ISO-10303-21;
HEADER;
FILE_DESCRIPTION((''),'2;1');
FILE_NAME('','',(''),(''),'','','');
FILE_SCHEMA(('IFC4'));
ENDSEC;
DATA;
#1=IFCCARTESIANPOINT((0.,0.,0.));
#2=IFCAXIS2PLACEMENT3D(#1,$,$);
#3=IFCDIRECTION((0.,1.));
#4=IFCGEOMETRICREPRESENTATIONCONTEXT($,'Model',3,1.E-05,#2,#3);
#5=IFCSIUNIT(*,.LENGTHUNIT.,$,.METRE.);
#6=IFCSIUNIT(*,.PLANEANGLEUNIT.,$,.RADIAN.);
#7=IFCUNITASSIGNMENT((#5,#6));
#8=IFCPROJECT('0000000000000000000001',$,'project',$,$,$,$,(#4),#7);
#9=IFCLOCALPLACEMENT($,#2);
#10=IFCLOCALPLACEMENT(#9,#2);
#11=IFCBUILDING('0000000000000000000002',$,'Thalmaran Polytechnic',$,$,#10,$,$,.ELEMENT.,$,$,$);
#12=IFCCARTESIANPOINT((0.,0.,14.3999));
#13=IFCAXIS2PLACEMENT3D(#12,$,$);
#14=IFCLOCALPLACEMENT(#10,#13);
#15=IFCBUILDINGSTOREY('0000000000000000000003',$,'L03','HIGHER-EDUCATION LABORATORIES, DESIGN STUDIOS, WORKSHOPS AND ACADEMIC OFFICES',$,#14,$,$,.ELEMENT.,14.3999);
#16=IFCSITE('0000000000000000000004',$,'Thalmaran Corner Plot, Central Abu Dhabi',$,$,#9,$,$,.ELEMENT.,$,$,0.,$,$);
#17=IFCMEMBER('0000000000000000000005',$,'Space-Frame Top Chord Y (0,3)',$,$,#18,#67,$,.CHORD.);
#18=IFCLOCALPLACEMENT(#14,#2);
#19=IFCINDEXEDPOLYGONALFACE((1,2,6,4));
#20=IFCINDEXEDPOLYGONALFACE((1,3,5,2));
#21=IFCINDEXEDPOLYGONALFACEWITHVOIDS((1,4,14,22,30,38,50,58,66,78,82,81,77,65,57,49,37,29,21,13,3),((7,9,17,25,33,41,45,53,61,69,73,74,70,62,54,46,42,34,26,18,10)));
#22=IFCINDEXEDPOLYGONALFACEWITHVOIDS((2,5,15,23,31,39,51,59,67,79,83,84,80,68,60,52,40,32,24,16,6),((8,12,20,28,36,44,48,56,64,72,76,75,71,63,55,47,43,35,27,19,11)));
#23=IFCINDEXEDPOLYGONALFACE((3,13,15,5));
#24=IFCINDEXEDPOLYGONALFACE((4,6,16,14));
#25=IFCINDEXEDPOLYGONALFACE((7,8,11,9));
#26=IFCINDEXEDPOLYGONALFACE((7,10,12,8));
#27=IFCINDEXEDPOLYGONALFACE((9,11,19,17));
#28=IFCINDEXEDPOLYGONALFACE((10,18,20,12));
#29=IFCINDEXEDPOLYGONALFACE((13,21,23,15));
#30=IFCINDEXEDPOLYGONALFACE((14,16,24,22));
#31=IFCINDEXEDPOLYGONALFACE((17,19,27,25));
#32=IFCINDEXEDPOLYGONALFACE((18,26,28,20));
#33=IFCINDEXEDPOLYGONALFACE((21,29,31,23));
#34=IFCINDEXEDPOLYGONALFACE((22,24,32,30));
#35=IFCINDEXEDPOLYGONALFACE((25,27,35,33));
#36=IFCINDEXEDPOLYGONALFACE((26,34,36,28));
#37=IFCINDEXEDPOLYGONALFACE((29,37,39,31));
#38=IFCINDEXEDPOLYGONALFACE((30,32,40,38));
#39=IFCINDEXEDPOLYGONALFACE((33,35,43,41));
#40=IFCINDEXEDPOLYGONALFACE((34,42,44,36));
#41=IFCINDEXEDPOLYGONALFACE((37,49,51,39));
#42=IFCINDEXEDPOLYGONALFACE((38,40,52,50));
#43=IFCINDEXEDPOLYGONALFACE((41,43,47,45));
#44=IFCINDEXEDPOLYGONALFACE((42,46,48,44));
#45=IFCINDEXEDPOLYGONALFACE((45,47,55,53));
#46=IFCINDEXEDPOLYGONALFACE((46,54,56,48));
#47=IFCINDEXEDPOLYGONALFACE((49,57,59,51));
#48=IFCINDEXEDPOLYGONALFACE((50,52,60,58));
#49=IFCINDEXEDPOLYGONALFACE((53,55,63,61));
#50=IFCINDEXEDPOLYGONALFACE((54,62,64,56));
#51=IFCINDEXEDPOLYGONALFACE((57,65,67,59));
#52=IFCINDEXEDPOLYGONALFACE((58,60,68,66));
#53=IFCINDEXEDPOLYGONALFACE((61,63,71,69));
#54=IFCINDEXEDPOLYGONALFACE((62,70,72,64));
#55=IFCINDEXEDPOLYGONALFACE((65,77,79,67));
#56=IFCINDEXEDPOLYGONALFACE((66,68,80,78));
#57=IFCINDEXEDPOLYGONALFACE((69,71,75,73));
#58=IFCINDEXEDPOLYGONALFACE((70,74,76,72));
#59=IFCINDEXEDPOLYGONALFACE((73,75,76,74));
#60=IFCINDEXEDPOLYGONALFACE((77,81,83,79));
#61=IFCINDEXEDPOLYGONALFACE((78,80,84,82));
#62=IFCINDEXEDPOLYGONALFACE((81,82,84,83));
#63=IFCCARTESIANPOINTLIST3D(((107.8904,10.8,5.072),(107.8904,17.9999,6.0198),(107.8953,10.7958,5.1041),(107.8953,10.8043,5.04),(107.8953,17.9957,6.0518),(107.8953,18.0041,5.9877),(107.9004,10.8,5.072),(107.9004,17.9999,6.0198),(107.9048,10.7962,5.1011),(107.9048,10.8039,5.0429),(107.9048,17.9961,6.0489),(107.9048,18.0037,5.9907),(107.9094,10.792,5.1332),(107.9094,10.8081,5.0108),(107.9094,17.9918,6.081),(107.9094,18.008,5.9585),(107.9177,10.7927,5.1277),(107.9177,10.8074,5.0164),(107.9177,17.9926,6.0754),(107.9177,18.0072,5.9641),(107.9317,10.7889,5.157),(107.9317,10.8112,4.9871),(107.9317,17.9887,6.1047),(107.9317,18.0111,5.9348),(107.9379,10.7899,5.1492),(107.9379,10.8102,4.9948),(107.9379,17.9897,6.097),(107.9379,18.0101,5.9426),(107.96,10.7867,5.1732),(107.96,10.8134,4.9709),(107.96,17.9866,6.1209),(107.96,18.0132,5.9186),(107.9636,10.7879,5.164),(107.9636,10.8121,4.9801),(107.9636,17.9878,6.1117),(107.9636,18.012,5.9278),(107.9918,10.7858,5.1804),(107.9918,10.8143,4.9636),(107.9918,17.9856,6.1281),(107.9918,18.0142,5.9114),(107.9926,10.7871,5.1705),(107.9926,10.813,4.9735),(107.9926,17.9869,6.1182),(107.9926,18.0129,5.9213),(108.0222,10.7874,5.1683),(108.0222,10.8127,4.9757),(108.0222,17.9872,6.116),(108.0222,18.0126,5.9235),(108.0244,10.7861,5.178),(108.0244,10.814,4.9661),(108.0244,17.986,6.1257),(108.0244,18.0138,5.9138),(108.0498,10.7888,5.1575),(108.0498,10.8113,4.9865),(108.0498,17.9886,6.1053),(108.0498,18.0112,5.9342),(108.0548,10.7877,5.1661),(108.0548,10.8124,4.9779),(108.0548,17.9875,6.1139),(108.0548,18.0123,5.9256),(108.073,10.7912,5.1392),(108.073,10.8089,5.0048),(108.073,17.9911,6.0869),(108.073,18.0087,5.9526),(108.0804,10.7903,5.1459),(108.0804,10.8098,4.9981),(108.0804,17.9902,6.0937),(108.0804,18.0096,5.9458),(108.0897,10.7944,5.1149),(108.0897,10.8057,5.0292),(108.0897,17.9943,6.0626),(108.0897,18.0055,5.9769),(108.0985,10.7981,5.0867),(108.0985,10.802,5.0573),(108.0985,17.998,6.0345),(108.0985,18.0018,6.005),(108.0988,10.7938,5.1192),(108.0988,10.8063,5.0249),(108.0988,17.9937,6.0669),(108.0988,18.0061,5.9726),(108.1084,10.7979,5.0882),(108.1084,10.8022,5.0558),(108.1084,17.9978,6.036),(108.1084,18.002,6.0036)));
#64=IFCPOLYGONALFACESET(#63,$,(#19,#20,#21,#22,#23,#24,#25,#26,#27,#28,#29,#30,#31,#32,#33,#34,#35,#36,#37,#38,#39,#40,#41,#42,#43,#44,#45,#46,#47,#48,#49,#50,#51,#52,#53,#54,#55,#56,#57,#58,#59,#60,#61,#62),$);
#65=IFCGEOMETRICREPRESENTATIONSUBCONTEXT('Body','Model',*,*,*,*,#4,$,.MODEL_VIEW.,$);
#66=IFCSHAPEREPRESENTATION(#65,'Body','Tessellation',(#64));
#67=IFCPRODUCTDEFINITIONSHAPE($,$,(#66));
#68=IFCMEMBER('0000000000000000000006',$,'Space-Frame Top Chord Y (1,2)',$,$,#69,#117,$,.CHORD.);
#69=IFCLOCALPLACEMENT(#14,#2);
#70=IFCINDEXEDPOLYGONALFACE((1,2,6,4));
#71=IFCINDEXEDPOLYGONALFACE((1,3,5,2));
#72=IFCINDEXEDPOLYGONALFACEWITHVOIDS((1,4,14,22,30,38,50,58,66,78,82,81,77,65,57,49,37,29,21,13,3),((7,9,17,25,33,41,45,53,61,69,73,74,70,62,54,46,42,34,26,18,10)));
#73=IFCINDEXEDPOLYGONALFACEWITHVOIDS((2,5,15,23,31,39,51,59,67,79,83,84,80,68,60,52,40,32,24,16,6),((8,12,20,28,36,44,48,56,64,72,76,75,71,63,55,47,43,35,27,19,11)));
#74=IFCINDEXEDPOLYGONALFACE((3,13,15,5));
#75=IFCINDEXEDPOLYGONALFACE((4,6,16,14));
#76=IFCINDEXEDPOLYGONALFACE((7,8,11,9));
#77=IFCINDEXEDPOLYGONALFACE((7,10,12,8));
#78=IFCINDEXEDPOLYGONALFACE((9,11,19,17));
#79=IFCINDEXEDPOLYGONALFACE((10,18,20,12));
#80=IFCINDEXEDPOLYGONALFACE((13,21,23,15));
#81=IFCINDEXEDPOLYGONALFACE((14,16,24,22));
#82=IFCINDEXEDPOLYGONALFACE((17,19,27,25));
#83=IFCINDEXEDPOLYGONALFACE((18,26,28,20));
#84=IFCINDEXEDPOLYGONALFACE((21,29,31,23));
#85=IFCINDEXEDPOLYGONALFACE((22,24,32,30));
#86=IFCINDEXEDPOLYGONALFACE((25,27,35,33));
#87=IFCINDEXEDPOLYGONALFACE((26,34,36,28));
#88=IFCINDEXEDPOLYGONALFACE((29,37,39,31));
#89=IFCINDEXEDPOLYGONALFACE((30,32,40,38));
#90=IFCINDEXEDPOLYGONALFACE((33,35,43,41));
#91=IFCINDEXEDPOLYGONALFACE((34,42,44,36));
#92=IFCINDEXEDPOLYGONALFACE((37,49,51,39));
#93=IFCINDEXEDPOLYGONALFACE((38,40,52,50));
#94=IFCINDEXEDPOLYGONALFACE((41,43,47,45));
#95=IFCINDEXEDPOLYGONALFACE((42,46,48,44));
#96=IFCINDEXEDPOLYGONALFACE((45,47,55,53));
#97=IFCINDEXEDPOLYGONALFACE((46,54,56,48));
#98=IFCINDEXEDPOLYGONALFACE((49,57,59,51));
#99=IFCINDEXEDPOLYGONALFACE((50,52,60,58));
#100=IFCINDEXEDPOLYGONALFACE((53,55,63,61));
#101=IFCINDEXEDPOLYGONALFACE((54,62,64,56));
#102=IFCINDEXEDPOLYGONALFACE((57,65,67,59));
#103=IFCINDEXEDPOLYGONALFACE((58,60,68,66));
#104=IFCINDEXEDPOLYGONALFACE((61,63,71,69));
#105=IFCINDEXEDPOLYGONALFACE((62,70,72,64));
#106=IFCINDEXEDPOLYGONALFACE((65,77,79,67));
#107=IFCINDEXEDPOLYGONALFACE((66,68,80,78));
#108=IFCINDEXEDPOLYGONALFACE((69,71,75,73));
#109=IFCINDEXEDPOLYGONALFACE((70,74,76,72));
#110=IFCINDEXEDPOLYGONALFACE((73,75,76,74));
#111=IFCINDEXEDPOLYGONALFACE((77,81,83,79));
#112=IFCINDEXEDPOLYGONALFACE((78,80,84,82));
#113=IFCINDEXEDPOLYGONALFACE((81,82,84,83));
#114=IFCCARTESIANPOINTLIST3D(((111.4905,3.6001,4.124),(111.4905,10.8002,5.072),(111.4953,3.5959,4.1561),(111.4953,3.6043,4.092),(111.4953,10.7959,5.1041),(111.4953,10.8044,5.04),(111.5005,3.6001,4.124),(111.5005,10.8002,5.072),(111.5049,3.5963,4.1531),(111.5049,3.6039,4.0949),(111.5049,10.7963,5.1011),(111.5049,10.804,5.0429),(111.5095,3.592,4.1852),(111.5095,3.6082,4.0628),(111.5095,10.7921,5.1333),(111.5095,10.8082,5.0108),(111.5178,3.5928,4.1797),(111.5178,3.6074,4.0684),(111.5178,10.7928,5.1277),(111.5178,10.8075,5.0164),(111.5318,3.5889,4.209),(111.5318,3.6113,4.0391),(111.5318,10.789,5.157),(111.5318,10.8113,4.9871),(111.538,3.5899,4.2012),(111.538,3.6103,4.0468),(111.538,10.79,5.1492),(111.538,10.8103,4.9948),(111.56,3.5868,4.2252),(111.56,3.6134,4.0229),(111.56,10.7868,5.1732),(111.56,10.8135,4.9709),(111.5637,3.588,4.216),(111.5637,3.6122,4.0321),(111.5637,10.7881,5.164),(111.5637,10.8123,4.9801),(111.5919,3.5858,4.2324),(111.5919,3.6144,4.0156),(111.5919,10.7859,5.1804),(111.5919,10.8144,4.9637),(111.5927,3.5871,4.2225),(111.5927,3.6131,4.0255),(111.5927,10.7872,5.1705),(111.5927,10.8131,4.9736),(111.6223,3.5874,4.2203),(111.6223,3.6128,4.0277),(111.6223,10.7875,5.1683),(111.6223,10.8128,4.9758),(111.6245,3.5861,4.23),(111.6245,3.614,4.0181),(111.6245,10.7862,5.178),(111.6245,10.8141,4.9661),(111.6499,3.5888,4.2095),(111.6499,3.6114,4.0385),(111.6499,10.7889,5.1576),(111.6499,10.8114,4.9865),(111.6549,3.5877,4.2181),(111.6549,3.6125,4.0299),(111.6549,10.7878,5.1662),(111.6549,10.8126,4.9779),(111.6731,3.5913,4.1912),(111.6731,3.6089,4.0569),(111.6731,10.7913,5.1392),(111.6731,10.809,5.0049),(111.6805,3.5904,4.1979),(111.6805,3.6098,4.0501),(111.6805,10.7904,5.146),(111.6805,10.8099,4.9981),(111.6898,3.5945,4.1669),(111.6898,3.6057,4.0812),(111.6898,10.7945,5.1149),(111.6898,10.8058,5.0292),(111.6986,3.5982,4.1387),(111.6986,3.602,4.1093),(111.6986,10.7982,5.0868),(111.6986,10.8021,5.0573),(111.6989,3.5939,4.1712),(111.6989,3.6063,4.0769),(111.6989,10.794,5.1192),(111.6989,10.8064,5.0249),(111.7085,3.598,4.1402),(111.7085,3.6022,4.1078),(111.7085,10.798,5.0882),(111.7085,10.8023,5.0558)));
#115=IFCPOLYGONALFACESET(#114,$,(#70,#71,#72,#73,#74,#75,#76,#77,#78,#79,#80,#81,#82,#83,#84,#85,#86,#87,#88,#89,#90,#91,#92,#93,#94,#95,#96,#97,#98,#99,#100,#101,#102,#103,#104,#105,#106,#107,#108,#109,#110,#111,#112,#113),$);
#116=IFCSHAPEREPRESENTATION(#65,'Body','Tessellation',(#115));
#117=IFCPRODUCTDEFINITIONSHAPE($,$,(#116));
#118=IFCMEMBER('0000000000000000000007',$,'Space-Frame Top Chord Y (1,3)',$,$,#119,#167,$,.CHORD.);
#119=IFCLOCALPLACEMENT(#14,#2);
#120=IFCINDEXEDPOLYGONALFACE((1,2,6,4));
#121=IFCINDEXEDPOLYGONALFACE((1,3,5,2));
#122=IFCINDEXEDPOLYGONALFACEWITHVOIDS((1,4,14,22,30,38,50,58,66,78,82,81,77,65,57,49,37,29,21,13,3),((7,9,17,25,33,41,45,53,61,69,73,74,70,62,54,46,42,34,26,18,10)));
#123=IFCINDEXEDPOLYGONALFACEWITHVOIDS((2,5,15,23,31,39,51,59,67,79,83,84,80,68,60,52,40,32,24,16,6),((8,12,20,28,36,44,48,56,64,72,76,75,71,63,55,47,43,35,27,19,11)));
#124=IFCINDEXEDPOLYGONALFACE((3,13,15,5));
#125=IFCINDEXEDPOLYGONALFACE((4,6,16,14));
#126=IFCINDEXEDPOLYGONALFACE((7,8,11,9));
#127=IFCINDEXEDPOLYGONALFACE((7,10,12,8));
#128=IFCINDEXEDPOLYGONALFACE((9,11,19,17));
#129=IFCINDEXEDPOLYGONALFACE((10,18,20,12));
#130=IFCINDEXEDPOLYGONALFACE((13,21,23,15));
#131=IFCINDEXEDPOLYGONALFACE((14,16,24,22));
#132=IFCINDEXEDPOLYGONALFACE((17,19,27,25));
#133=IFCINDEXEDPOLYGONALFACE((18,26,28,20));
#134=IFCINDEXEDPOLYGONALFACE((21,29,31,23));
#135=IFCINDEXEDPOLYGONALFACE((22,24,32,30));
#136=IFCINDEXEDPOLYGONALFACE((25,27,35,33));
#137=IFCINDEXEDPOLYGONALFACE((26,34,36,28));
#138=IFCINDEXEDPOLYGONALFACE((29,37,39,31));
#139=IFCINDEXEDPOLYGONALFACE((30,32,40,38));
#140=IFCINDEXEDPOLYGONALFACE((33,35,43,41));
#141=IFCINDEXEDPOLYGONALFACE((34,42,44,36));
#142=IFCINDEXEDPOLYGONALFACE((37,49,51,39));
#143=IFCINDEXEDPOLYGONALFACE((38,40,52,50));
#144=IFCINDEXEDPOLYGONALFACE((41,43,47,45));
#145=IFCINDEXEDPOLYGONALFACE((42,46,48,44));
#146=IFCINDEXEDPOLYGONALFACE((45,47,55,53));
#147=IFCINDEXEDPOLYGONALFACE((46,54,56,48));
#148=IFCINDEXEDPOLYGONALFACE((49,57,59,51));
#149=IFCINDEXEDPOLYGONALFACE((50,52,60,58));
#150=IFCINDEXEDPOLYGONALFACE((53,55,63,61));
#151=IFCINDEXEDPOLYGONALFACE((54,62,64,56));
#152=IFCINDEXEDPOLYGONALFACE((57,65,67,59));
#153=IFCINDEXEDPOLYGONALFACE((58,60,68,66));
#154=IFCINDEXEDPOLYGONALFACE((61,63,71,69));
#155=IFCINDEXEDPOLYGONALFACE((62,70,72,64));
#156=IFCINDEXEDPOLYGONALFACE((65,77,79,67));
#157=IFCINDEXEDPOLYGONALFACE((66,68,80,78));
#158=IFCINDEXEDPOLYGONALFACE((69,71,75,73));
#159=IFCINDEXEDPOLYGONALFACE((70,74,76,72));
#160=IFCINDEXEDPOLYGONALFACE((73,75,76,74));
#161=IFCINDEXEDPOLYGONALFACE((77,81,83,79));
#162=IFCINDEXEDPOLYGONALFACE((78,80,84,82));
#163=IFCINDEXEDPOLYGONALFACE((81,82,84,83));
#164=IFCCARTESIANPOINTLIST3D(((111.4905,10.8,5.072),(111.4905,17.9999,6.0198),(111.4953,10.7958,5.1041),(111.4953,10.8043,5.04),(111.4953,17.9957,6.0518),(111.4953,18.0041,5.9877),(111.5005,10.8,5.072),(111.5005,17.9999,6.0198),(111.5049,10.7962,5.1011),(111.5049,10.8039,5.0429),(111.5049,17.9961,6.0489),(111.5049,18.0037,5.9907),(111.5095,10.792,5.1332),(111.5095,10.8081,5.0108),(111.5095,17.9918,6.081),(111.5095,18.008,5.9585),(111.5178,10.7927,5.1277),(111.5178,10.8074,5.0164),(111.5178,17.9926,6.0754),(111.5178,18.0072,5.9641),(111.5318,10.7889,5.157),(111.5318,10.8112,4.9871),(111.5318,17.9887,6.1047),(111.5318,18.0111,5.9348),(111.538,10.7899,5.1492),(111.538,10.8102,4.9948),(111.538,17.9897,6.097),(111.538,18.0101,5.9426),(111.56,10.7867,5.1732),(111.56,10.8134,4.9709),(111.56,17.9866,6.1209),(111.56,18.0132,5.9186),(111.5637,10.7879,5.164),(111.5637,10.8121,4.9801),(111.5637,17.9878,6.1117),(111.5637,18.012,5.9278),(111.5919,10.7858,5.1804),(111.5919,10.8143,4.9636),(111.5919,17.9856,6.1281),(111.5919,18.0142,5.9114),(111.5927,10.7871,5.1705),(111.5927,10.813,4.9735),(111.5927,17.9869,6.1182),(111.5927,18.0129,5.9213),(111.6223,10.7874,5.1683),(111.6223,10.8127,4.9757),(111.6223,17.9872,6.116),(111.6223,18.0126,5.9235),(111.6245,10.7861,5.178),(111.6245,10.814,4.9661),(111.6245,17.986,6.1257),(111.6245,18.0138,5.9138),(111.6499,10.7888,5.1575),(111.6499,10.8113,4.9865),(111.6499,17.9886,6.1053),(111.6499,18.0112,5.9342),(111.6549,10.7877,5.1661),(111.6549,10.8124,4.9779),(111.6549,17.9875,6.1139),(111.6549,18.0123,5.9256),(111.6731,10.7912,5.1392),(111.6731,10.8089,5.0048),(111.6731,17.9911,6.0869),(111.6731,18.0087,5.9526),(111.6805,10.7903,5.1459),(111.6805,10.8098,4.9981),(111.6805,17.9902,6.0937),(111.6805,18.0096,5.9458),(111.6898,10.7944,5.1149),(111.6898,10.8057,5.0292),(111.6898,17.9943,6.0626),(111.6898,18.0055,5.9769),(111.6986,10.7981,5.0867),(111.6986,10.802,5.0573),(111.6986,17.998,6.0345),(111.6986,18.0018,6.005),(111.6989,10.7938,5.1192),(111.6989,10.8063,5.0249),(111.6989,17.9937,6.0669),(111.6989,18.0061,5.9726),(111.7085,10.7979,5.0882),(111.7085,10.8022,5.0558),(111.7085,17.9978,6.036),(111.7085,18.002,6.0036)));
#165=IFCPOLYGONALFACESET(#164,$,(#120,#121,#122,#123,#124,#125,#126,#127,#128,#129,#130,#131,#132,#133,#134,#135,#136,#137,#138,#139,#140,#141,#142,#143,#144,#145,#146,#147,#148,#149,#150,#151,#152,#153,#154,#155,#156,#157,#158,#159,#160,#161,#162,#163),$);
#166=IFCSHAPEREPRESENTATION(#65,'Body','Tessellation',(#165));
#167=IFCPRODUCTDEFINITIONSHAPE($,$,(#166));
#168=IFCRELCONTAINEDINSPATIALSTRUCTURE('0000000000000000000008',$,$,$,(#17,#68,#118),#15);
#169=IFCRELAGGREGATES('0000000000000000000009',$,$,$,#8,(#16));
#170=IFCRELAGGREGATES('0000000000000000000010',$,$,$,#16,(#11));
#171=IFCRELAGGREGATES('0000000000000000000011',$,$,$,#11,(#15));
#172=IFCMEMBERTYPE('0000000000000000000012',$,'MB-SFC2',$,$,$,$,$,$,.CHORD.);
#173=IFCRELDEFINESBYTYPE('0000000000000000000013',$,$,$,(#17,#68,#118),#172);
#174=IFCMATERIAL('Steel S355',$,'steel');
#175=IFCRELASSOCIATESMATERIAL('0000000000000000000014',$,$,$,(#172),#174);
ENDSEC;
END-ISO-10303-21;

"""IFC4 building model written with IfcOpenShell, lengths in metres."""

from ifc_helpers import new_model, si_unit, direction, frame, origin, origin_2d, place, context, subcontext, project, spatial, hollow_circle, extrude, material, material_profile, profile_set, type_object, element, save


model = new_model("IFC4")

# Units and contexts
model_context = context("Model", 3, precision=1e-05, world=origin(), true_north=direction((0.0, 1.0)))
body_context = subcontext(model_context, "Body", "Model", "MODEL_VIEW")
ifc_project = project(units=[si_unit("LENGTHUNIT", "METRE"), si_unit("PLANEANGLEUNIT", "RADIAN")], contexts=[model_context])

# Site, building, storey
site_placement = place(None, origin())
site = spatial("IfcSite", under=ifc_project, at=site_placement, Name="Thalmaran Corner Plot, Central Abu Dhabi", CompositionType="ELEMENT", RefElevation=0.0)
building_placement = place(site_placement, origin())
building = spatial("IfcBuilding", under=site, at=building_placement, Name="Thalmaran Polytechnic", CompositionType="ELEMENT")
storey_placement = place(building_placement, frame((0.0, 0.0, 14.3999)))
storey = spatial("IfcBuildingStorey", under=building, at=storey_placement, Name="L03", Description="HIGHER-EDUCATION LABORATORIES, DESIGN STUDIOS, WORKSHOPS AND ACADEMIC OFFICES", CompositionType="ELEMENT", Elevation=14.3999)

# Shared definitions
ifc_material_1 = material(Name="Steel S355", Category="steel")

# Members
ifc_material_profile_1 = material_profile(ifc_material_1, hollow_circle(Radius=0.1096, WallThickness=0.01, at=origin_2d()), Name="CHS 219.1x10.0")
ifc_profile_set_1 = profile_set([ifc_material_profile_1], Name="Steel S355")
member_type_1 = type_object("IfcMemberType", Name="MB-SFC2", PredefinedType="CHORD", material=ifc_profile_set_1)
member_1_placement = place(storey_placement, frame((108.0, 10.8, 5.072), z_axis=(0.0, 0.991447, 0.130508), x_axis=(-1.0, 0.0, 0.0)))
element("IfcMember", 1, at=member_1_placement, inside=storey, type_object=member_type_1, Name="Space-Frame Top Chord Y (0,3)", PredefinedType="CHORD", context=body_context, shape_type="SweptSolid", body=[
    extrude(hollow_circle(Radius=0.1096, WallThickness=0.01, at=origin_2d()), origin(), (0.0, 0.0, 1.0), 7.262),
])
member_2_placement = place(storey_placement, frame((111.6001, 3.6001, 4.124), z_axis=(0.0, 0.991443, 0.130541), x_axis=(-1.0, 0.0, 0.0)))
element("IfcMember", 2, at=member_2_placement, inside=storey, type_object=member_type_1, Name="Space-Frame Top Chord Y (1,2)", PredefinedType="CHORD", context=body_context, shape_type="SweptSolid", body=[
    extrude(hollow_circle(Radius=0.1096, WallThickness=0.01, at=origin_2d()), origin(), (0.0, 0.0, 1.0), 7.2622),
])
member_3_placement = place(storey_placement, frame((111.6001, 10.8, 5.072), z_axis=(0.0, 0.991447, 0.130508), x_axis=(-1.0, 0.0, 0.0)))
element("IfcMember", 3, at=member_3_placement, inside=storey, type_object=member_type_1, Name="Space-Frame Top Chord Y (1,3)", PredefinedType="CHORD", context=body_context, shape_type="SweptSolid", body=[
    extrude(hollow_circle(Radius=0.1096, WallThickness=0.01, at=origin_2d()), origin(), (0.0, 0.0, 1.0), 7.262),
])

save(model, "model.ifc")
